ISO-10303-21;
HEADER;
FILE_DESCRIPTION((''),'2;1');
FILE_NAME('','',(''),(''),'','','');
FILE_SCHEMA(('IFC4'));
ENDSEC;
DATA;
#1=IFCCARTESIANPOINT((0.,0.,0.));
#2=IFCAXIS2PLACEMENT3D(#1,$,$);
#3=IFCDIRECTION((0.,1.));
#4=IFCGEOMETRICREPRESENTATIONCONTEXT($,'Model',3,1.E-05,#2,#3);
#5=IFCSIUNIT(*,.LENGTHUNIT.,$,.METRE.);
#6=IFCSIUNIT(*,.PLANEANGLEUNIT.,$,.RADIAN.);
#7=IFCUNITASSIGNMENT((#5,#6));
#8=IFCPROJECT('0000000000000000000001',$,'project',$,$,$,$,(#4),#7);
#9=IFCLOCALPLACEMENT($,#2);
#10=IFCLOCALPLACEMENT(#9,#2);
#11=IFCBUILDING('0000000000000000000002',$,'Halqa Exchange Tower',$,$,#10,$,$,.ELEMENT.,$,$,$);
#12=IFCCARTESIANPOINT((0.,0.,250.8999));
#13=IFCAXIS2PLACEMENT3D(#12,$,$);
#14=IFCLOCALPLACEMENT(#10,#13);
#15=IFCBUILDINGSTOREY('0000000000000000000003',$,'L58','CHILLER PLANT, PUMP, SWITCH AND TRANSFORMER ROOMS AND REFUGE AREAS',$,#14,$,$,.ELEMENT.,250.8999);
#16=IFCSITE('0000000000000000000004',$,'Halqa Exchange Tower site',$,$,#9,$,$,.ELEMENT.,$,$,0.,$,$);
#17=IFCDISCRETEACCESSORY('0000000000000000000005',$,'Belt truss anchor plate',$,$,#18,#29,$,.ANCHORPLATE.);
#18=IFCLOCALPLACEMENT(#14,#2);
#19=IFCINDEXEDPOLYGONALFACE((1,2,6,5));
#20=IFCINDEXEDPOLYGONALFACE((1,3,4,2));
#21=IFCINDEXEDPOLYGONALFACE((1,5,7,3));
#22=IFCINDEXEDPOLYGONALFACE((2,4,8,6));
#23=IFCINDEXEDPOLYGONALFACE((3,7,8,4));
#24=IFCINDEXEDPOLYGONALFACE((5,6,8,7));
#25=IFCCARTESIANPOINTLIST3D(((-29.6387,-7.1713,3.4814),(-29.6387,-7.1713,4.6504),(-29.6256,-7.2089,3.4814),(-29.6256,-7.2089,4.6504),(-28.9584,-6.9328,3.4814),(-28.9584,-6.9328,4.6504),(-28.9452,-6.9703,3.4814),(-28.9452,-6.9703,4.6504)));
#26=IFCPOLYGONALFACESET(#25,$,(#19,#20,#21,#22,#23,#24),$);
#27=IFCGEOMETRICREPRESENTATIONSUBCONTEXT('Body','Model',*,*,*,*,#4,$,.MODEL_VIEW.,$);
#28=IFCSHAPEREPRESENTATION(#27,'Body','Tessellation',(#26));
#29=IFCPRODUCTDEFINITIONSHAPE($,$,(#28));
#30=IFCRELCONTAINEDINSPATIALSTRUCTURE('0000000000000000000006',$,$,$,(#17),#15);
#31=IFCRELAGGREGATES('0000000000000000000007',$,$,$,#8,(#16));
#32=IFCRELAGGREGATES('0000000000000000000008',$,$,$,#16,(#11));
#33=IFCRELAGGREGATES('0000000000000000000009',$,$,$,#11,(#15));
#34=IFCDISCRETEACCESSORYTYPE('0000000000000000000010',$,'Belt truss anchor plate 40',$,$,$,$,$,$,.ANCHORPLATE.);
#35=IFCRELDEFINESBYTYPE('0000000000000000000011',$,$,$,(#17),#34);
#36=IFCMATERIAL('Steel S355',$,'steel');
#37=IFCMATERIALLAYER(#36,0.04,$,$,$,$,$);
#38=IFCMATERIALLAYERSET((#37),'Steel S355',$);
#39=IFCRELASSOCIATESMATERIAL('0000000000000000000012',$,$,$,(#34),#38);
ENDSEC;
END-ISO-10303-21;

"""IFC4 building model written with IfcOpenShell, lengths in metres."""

from ifc_helpers import new_model, si_unit, direction, frame, origin, origin_2d, place, context, subcontext, project, spatial, rectangle, extrude, material, layer, layer_set, type_object, element, save


model = new_model("IFC4")

# Units and contexts
model_context = context("Model", 3, precision=1e-05, world=origin(), true_north=direction((0.0, 1.0)))
body_context = subcontext(model_context, "Body", "Model", "MODEL_VIEW")
ifc_project = project(units=[si_unit("LENGTHUNIT", "METRE"), si_unit("PLANEANGLEUNIT", "RADIAN")], contexts=[model_context])

# Site, building, storey
site_placement = place(None, origin())
site = spatial("IfcSite", under=ifc_project, at=site_placement, Name="Halqa Exchange Tower site", CompositionType="ELEMENT", RefElevation=0.0)
building_placement = place(site_placement, origin())
building = spatial("IfcBuilding", under=site, at=building_placement, Name="Halqa Exchange Tower", CompositionType="ELEMENT")
storey_placement = place(building_placement, frame((0.0, 0.0, 250.8999)))
storey = spatial("IfcBuildingStorey", under=building, at=storey_placement, Name="L58", Description="CHILLER PLANT, PUMP, SWITCH AND TRANSFORMER ROOMS AND REFUGE AREAS", CompositionType="ELEMENT", Elevation=250.8999)

# Shared definitions
ifc_material_1 = material(Name="Steel S355", Category="steel")

# Discrete accessory
ifc_layer = layer(ifc_material_1, 0.04)
ifc_layer_set = layer_set([ifc_layer], Name="Steel S355")
discrete_accessory_type = type_object("IfcDiscreteAccessoryType", Name="Belt truss anchor plate 40", PredefinedType="ANCHORPLATE", material=ifc_layer_set)
discrete_accessory_1_placement = place(storey_placement, frame((-29.2854, -7.0896, 4.0659), z_axis=(-0.330896, 0.943667, 0.0), x_axis=(-0.943667, -0.330896, 0.0)))
element("IfcDiscreteAccessory", 1, at=discrete_accessory_1_placement, inside=storey, type_object=discrete_accessory_type, Name="Belt truss anchor plate", PredefinedType="ANCHORPLATE", context=body_context, shape_type="SweptSolid", body=[
    extrude(rectangle(XDim=0.7209, YDim=1.1689, at=origin_2d()), origin(), (0.0, 0.0, 1.0), 0.0398),
])

save(model, "model.ifc")
